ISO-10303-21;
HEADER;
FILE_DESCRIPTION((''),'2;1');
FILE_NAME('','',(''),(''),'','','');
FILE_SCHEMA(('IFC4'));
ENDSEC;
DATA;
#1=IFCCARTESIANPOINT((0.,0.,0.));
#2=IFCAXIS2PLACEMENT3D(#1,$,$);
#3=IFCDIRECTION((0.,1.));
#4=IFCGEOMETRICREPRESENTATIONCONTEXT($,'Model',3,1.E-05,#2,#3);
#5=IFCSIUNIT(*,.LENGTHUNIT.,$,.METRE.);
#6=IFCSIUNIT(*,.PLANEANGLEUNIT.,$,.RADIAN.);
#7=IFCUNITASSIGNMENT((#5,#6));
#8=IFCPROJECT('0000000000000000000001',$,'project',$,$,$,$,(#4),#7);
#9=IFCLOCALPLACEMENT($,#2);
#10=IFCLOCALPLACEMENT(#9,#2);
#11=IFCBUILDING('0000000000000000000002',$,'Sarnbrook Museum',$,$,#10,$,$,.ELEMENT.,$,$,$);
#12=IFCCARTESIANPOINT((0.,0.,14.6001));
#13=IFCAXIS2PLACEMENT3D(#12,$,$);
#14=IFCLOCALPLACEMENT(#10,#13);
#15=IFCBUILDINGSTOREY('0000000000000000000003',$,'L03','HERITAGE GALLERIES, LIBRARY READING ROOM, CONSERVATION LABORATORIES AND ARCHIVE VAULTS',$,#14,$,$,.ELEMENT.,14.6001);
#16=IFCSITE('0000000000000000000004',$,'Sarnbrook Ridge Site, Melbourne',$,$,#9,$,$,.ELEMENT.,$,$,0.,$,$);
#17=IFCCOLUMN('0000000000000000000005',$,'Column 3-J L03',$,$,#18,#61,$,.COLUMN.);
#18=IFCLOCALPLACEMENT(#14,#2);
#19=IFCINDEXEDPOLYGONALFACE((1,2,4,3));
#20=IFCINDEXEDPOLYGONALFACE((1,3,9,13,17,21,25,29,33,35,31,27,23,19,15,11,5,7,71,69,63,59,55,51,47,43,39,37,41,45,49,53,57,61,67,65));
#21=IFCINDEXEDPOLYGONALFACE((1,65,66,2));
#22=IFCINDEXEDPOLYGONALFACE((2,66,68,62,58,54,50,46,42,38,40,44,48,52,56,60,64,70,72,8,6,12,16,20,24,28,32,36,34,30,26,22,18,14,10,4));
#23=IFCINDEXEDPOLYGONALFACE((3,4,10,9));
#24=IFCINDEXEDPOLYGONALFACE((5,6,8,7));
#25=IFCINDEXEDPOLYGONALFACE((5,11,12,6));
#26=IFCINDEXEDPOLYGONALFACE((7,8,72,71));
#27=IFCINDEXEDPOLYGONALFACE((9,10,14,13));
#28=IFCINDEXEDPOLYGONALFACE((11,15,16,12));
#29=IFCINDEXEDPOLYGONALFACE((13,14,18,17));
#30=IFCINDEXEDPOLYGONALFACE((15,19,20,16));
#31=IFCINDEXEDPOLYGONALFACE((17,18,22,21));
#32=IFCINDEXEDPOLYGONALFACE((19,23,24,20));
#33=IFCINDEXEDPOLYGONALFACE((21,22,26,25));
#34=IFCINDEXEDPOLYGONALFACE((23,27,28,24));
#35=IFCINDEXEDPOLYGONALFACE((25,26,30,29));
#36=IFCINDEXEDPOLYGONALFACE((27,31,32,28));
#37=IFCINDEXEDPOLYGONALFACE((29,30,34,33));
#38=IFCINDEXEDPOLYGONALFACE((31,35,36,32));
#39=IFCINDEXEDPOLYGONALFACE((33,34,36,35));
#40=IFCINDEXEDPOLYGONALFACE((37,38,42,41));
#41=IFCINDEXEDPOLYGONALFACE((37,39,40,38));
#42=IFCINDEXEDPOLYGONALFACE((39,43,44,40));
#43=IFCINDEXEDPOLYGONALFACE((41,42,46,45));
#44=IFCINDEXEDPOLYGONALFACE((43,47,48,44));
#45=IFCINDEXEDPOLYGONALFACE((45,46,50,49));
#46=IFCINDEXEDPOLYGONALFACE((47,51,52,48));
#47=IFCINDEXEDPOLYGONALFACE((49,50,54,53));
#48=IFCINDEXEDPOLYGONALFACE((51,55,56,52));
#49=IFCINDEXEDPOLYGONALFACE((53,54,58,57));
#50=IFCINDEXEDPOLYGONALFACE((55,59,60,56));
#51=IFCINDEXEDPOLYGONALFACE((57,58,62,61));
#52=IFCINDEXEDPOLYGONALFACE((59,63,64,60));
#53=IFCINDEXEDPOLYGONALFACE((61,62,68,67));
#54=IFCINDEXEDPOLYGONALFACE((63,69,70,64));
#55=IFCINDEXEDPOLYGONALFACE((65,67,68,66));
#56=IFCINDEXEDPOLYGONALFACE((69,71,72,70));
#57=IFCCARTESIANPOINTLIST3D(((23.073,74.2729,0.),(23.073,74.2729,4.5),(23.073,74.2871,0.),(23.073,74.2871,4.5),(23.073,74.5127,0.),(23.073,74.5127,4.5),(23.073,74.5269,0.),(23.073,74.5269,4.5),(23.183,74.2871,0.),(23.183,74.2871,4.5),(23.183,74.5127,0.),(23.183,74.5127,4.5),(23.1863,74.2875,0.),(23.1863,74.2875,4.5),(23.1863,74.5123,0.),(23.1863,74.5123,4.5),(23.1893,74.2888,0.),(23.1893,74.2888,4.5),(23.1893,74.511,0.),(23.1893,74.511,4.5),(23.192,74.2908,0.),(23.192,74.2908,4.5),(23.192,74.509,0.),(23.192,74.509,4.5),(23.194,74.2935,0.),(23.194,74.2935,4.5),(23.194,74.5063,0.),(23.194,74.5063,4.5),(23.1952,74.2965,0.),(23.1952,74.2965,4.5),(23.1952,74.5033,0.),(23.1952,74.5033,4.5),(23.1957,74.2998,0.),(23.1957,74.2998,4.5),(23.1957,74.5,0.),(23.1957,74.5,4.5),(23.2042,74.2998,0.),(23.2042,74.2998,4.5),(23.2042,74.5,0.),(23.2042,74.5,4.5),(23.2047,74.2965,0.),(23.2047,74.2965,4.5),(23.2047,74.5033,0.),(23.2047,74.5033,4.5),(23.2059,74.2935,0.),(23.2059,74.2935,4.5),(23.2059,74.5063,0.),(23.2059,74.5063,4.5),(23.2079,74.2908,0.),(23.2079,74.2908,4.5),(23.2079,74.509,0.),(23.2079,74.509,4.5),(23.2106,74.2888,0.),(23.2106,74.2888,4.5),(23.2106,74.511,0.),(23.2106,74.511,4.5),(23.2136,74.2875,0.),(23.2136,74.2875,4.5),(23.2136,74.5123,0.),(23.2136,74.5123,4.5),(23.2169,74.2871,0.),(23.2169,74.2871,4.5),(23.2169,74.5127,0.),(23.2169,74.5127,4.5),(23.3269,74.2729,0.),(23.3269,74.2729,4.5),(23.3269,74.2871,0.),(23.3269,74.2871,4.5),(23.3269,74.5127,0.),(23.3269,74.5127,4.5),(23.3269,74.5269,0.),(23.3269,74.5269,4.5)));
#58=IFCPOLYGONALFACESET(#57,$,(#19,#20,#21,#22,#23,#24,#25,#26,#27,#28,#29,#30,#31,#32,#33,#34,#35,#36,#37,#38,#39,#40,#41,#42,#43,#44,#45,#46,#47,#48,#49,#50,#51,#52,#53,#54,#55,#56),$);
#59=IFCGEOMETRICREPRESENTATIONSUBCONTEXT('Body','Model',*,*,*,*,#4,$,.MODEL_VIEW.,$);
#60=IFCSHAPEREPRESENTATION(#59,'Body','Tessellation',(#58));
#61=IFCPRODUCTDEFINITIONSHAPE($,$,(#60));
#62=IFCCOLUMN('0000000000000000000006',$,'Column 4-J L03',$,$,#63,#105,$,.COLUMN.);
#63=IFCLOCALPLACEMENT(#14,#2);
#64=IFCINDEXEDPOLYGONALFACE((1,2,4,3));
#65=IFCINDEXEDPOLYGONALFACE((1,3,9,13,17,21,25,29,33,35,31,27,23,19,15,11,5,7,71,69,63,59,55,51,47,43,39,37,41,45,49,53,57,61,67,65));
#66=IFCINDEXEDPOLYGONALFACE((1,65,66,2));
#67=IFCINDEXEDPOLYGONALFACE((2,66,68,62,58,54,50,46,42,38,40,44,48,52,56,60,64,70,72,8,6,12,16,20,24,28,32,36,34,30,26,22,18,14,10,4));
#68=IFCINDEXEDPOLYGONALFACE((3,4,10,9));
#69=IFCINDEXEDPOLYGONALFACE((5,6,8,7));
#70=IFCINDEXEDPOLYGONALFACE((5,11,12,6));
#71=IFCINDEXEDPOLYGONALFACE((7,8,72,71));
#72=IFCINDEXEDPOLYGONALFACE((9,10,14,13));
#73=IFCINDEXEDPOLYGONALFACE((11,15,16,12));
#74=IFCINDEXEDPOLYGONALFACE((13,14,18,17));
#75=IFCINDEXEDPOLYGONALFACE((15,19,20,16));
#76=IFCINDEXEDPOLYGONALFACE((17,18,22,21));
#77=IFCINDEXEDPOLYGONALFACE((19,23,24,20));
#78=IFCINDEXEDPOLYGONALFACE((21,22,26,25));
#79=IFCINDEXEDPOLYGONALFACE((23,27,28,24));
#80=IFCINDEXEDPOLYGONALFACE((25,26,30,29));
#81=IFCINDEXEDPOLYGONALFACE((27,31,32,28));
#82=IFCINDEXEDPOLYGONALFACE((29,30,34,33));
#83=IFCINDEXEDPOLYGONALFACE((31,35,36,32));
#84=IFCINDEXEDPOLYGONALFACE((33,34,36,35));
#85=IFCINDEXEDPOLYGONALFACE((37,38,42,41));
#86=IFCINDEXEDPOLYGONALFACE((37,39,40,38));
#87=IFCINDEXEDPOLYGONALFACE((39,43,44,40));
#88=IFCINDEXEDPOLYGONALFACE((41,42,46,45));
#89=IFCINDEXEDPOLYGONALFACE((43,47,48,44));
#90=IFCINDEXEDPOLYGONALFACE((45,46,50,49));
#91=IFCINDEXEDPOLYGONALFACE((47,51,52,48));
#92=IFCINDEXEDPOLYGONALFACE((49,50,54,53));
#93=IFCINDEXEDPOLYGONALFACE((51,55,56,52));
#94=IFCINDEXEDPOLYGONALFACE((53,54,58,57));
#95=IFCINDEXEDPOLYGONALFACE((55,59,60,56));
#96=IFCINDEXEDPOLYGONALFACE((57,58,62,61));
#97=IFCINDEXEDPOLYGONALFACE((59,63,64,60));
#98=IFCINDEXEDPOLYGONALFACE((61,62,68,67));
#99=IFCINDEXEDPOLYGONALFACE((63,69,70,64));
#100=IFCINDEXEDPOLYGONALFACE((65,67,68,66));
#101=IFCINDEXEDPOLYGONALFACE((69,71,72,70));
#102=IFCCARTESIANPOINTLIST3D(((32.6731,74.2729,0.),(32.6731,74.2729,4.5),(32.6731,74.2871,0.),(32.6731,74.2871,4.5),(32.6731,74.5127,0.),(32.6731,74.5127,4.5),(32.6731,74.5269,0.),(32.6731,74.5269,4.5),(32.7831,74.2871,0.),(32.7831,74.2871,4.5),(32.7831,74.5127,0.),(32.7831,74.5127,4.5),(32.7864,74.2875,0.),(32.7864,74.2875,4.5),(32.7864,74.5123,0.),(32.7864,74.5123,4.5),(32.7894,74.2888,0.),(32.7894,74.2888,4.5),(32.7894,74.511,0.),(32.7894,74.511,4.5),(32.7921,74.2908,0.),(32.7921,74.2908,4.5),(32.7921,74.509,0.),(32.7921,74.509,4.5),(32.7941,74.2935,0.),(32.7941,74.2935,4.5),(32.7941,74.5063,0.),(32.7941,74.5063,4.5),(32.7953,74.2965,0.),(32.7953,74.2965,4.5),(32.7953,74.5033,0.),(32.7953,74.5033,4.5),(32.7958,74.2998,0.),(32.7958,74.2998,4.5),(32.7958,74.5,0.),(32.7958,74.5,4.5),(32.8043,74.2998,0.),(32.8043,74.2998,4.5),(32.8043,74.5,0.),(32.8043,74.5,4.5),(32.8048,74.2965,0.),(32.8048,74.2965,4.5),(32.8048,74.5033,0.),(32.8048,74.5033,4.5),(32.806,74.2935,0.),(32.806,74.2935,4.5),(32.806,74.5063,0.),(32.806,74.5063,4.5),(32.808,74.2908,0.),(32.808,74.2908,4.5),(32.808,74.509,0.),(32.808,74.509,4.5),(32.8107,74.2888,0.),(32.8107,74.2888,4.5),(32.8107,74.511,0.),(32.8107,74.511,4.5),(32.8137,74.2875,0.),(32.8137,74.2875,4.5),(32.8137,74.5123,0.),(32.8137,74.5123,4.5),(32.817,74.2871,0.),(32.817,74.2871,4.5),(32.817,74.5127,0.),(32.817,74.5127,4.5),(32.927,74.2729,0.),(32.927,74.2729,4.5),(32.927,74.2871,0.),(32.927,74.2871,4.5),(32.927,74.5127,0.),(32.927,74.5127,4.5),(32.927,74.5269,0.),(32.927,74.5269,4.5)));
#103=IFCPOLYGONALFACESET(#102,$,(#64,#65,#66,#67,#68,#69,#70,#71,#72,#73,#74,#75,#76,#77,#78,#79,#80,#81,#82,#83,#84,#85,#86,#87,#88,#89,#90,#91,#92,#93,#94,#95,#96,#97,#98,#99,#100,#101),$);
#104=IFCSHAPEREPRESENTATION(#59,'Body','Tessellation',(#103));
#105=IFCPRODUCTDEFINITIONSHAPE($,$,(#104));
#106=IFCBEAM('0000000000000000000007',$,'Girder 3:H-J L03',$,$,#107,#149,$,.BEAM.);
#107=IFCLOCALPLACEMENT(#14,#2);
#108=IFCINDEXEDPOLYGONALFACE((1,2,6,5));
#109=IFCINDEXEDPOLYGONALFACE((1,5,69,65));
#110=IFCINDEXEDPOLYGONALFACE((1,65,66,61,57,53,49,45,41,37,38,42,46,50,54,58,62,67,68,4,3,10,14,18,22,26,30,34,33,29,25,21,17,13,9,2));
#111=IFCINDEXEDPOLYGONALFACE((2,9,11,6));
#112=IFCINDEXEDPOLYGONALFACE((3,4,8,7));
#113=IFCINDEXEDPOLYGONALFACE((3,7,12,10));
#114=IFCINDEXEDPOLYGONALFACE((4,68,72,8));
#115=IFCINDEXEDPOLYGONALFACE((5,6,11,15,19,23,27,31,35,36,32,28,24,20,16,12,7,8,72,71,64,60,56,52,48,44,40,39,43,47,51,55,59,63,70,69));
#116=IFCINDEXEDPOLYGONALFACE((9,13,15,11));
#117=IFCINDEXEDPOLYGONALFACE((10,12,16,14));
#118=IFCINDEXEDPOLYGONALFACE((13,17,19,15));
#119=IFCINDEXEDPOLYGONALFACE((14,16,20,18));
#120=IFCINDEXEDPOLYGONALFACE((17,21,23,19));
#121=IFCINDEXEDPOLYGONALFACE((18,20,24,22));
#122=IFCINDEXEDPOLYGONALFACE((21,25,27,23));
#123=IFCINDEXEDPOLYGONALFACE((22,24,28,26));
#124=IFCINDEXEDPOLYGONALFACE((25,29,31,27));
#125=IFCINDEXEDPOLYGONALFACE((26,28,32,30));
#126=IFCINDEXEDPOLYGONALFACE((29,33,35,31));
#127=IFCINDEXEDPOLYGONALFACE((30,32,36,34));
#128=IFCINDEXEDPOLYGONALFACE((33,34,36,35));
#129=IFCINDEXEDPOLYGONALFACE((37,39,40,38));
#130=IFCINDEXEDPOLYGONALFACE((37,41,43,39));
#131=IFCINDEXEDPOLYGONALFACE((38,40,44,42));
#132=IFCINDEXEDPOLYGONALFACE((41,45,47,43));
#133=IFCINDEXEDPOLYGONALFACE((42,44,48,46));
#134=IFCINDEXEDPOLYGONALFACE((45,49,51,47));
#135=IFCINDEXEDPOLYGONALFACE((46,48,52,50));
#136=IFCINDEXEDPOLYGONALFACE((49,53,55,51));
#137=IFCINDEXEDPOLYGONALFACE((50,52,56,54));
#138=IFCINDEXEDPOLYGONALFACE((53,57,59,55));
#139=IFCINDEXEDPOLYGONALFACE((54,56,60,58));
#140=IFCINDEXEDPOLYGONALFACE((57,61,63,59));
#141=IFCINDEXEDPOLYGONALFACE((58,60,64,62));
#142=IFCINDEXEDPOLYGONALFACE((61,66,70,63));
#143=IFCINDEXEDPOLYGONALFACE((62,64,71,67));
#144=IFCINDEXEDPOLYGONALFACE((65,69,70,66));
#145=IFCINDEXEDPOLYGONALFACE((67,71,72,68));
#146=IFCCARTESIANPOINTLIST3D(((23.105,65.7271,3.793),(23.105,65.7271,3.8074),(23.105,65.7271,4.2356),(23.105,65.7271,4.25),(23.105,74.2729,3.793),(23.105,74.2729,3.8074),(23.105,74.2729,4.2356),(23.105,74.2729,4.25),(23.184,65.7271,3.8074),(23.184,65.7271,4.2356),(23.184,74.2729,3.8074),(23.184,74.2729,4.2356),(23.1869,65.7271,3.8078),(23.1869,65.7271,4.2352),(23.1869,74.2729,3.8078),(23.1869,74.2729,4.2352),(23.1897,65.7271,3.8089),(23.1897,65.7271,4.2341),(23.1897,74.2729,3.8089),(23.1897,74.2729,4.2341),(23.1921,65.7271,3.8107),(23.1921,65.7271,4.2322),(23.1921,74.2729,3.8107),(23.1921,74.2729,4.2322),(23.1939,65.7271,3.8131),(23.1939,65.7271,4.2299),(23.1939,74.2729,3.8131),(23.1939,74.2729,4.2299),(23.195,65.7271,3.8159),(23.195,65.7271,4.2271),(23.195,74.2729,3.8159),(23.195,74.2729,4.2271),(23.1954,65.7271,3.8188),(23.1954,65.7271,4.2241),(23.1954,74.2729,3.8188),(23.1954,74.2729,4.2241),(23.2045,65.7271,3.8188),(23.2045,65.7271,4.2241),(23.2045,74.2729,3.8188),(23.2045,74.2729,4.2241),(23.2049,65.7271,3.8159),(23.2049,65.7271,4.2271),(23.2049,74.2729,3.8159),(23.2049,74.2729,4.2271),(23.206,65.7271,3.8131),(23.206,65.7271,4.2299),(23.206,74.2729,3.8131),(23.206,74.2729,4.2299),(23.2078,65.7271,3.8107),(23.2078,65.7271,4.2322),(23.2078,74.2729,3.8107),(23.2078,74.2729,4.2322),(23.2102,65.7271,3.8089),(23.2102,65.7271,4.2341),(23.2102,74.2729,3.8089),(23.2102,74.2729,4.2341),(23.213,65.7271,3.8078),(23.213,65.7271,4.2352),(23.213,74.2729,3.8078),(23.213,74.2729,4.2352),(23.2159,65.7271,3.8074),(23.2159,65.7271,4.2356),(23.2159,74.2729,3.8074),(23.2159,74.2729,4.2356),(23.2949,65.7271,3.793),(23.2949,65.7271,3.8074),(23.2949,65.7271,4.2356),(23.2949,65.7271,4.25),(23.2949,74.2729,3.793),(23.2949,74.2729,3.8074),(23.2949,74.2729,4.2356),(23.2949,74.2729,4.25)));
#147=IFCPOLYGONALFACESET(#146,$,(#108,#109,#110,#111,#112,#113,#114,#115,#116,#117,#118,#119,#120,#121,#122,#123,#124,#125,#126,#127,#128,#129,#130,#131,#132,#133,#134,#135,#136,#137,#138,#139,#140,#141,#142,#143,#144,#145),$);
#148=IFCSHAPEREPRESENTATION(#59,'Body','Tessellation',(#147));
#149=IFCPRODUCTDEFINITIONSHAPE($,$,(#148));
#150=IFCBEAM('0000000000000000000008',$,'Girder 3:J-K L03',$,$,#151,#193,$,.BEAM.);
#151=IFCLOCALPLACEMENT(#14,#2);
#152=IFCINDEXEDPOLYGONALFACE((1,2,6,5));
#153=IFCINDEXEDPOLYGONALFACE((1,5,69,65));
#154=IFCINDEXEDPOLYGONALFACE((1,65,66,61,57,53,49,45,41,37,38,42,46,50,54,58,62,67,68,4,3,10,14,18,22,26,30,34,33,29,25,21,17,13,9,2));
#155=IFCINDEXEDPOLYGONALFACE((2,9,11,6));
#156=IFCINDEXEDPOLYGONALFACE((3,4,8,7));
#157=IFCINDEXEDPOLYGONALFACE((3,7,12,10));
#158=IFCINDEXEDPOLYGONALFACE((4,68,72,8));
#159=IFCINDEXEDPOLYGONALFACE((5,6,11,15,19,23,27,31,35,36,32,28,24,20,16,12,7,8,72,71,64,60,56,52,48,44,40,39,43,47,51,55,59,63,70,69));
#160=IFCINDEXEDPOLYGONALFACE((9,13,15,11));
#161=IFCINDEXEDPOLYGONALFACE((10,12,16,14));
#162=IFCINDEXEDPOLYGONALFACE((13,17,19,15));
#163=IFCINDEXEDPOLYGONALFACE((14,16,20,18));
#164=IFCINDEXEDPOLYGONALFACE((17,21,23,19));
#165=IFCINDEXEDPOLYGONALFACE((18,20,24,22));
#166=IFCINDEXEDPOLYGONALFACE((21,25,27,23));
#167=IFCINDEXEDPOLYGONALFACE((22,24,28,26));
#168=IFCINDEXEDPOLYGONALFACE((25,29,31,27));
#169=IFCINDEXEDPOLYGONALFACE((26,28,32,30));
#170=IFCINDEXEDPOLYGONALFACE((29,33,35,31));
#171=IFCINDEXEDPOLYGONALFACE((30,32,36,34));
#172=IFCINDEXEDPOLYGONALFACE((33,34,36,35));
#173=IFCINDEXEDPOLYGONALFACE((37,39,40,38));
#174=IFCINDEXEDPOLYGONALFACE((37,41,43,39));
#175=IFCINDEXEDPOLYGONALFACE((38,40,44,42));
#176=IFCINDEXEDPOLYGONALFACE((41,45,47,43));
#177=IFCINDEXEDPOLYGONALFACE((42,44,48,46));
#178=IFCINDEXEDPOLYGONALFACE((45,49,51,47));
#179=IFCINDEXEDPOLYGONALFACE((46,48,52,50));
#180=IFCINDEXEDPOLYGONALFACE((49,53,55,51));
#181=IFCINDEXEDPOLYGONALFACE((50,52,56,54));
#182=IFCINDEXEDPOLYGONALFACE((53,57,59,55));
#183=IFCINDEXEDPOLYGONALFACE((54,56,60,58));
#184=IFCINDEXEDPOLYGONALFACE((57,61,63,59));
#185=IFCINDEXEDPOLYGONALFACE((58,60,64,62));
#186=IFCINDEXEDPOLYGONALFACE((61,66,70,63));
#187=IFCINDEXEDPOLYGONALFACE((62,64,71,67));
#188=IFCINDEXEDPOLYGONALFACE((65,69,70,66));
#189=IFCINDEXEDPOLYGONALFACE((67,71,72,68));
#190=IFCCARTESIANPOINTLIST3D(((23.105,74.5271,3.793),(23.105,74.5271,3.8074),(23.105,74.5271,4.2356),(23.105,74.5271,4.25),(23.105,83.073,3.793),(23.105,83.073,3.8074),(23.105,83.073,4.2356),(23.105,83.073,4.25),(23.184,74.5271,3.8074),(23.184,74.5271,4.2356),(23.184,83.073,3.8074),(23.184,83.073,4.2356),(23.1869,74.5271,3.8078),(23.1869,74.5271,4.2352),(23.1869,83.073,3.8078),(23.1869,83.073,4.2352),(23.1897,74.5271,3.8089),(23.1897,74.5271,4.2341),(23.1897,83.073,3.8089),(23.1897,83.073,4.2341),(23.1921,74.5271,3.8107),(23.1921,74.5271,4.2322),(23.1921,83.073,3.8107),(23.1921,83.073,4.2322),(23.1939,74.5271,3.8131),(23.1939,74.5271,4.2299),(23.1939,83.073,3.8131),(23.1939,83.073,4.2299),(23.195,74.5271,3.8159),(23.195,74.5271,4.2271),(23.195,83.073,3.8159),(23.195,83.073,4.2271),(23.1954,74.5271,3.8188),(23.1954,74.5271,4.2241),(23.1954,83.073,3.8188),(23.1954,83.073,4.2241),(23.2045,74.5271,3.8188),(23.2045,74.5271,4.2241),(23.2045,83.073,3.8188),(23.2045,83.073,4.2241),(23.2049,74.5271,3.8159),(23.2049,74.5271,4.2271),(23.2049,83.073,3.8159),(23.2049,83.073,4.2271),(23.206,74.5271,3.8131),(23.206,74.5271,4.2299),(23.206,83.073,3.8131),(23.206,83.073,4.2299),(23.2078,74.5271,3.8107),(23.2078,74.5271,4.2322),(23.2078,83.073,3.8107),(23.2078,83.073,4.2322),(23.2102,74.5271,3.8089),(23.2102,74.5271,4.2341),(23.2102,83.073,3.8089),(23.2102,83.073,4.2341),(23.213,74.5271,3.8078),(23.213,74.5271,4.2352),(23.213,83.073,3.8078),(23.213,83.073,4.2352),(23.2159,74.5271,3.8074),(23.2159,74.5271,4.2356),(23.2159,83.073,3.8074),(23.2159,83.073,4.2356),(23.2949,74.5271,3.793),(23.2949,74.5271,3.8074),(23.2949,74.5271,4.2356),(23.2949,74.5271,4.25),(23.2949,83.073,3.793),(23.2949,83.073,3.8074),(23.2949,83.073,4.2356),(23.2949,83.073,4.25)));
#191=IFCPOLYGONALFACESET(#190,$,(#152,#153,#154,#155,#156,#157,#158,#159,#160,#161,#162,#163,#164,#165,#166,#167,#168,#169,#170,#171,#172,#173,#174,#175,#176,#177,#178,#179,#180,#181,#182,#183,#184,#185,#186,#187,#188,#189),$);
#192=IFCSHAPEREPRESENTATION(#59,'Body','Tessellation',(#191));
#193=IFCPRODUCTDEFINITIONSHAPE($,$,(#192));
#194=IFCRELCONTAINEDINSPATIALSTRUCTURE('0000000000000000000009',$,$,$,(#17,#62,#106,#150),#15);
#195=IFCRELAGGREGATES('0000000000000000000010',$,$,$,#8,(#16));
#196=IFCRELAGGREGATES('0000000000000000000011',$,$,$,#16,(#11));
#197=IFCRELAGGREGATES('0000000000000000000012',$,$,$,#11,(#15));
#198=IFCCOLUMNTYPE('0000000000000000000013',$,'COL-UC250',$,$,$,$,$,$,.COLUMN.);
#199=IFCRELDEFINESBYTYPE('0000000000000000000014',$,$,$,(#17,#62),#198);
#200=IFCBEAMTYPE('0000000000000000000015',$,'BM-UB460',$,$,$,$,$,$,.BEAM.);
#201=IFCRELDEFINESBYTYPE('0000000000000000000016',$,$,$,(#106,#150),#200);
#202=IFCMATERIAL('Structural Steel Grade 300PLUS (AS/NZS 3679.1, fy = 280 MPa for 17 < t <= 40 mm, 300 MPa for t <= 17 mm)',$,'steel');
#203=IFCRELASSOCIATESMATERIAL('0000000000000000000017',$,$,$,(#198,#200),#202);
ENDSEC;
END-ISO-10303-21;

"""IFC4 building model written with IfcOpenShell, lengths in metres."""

from ifc_helpers import new_model, si_unit, direction, frame, origin, origin_2d, place, context, subcontext, project, spatial, i_section, extrude, material, material_profile, profile_set, type_object, element, save


model = new_model("IFC4")

# Units and contexts
model_context = context("Model", 3, precision=1e-05, world=origin(), true_north=direction((0.0, 1.0)))
body_context = subcontext(model_context, "Body", "Model", "MODEL_VIEW")
ifc_project = project(units=[si_unit("LENGTHUNIT", "METRE"), si_unit("PLANEANGLEUNIT", "RADIAN")], contexts=[model_context])

# Site, building, storey
site_placement = place(None, origin())
site = spatial("IfcSite", under=ifc_project, at=site_placement, Name="Sarnbrook Ridge Site, Melbourne", CompositionType="ELEMENT", RefElevation=0.0)
building_placement = place(site_placement, origin())
building = spatial("IfcBuilding", under=site, at=building_placement, Name="Sarnbrook Museum", CompositionType="ELEMENT")
storey_placement = place(building_placement, frame((0.0, 0.0, 14.6001)))
storey = spatial("IfcBuildingStorey", under=building, at=storey_placement, Name="L03", Description="HERITAGE GALLERIES, LIBRARY READING ROOM, CONSERVATION LABORATORIES AND ARCHIVE VAULTS", CompositionType="ELEMENT", Elevation=14.6001)

# Columns
ifc_material_1 = material(Name="Structural Steel Grade 300PLUS (AS/NZS 3679.1, fy = 280 MPa for 17 < t <= 40 mm, 300 MPa for t <= 17 mm)", Category="steel")
ifc_material_profile_1 = material_profile(ifc_material_1, i_section(OverallWidth=0.2539, OverallDepth=0.2539, WebThickness=0.0085, FlangeThickness=0.0142, FilletRadius=0.0127, at=origin_2d()), Name="250UC72.9")
ifc_profile_set_1 = profile_set([ifc_material_profile_1], Name="Structural Steel Grade 300PLUS (AS/NZS 3679.1, fy = 280 MPa for 17 < t <= 40 mm, 300 MPa for t <= 17 mm)")
column_type = type_object("IfcColumnType", Name="COL-UC250", PredefinedType="COLUMN", material=ifc_profile_set_1)
for number, where, z_axis, x_axis, name in (
    (1, (23.2, 74.3999, 0.0), (0.0, 0.0, 1.0), (1.0, 0.0, 0.0), "Column 3-J L03"),
    (2, (32.8, 74.3999, 0.0), (0.0, 0.0, 1.0), (1.0, 0.0, 0.0), "Column 4-J L03"),
):
    element("IfcColumn", number, at=place(storey_placement, frame(where, z_axis=z_axis, x_axis=x_axis)), inside=storey, type_object=column_type, Name=name, PredefinedType="COLUMN", context=body_context, shape_type="SweptSolid", body=[
        extrude(i_section(OverallWidth=0.2539, OverallDepth=0.2539, WebThickness=0.0085, FlangeThickness=0.0142, FilletRadius=0.0127, at=origin_2d()), origin(), (0.0, 0.0, 1.0), 4.5),
    ])

# Beams
ifc_material_profile_2 = material_profile(ifc_material_1, i_section(OverallWidth=0.1899, OverallDepth=0.457, WebThickness=0.009, FlangeThickness=0.0144, FilletRadius=0.0115, at=origin_2d()), Name="460UB74.6")
ifc_profile_set_2 = profile_set([ifc_material_profile_2], Name="Structural Steel Grade 300PLUS (AS/NZS 3679.1, fy = 280 MPa for 17 < t <= 40 mm, 300 MPa for t <= 17 mm)")
beam_type_1 = type_object("IfcBeamType", Name="BM-UB460", PredefinedType="BEAM", material=ifc_profile_set_2)
for number, where, z_axis, x_axis, name in (
    (3, (23.2, 65.7271, 4.0215), (0.0, 1.0, 0.0), (-1.0, 0.0, 0.0), "Girder 3:H-J L03"),
    (4, (23.2, 74.5271, 4.0215), (0.0, 1.0, 0.0), (-1.0, 0.0, 0.0), "Girder 3:J-K L03"),
):
    element("IfcBeam", number, at=place(storey_placement, frame(where, z_axis=z_axis, x_axis=x_axis)), inside=storey, type_object=beam_type_1, Name=name, PredefinedType="BEAM", context=body_context, shape_type="SweptSolid", body=[
        extrude(i_section(OverallWidth=0.1899, OverallDepth=0.457, WebThickness=0.009, FlangeThickness=0.0144, FilletRadius=0.0115, at=origin_2d()), origin(), (0.0, 0.0, 1.0), 8.5459),
    ])

save(model, "model.ifc")
